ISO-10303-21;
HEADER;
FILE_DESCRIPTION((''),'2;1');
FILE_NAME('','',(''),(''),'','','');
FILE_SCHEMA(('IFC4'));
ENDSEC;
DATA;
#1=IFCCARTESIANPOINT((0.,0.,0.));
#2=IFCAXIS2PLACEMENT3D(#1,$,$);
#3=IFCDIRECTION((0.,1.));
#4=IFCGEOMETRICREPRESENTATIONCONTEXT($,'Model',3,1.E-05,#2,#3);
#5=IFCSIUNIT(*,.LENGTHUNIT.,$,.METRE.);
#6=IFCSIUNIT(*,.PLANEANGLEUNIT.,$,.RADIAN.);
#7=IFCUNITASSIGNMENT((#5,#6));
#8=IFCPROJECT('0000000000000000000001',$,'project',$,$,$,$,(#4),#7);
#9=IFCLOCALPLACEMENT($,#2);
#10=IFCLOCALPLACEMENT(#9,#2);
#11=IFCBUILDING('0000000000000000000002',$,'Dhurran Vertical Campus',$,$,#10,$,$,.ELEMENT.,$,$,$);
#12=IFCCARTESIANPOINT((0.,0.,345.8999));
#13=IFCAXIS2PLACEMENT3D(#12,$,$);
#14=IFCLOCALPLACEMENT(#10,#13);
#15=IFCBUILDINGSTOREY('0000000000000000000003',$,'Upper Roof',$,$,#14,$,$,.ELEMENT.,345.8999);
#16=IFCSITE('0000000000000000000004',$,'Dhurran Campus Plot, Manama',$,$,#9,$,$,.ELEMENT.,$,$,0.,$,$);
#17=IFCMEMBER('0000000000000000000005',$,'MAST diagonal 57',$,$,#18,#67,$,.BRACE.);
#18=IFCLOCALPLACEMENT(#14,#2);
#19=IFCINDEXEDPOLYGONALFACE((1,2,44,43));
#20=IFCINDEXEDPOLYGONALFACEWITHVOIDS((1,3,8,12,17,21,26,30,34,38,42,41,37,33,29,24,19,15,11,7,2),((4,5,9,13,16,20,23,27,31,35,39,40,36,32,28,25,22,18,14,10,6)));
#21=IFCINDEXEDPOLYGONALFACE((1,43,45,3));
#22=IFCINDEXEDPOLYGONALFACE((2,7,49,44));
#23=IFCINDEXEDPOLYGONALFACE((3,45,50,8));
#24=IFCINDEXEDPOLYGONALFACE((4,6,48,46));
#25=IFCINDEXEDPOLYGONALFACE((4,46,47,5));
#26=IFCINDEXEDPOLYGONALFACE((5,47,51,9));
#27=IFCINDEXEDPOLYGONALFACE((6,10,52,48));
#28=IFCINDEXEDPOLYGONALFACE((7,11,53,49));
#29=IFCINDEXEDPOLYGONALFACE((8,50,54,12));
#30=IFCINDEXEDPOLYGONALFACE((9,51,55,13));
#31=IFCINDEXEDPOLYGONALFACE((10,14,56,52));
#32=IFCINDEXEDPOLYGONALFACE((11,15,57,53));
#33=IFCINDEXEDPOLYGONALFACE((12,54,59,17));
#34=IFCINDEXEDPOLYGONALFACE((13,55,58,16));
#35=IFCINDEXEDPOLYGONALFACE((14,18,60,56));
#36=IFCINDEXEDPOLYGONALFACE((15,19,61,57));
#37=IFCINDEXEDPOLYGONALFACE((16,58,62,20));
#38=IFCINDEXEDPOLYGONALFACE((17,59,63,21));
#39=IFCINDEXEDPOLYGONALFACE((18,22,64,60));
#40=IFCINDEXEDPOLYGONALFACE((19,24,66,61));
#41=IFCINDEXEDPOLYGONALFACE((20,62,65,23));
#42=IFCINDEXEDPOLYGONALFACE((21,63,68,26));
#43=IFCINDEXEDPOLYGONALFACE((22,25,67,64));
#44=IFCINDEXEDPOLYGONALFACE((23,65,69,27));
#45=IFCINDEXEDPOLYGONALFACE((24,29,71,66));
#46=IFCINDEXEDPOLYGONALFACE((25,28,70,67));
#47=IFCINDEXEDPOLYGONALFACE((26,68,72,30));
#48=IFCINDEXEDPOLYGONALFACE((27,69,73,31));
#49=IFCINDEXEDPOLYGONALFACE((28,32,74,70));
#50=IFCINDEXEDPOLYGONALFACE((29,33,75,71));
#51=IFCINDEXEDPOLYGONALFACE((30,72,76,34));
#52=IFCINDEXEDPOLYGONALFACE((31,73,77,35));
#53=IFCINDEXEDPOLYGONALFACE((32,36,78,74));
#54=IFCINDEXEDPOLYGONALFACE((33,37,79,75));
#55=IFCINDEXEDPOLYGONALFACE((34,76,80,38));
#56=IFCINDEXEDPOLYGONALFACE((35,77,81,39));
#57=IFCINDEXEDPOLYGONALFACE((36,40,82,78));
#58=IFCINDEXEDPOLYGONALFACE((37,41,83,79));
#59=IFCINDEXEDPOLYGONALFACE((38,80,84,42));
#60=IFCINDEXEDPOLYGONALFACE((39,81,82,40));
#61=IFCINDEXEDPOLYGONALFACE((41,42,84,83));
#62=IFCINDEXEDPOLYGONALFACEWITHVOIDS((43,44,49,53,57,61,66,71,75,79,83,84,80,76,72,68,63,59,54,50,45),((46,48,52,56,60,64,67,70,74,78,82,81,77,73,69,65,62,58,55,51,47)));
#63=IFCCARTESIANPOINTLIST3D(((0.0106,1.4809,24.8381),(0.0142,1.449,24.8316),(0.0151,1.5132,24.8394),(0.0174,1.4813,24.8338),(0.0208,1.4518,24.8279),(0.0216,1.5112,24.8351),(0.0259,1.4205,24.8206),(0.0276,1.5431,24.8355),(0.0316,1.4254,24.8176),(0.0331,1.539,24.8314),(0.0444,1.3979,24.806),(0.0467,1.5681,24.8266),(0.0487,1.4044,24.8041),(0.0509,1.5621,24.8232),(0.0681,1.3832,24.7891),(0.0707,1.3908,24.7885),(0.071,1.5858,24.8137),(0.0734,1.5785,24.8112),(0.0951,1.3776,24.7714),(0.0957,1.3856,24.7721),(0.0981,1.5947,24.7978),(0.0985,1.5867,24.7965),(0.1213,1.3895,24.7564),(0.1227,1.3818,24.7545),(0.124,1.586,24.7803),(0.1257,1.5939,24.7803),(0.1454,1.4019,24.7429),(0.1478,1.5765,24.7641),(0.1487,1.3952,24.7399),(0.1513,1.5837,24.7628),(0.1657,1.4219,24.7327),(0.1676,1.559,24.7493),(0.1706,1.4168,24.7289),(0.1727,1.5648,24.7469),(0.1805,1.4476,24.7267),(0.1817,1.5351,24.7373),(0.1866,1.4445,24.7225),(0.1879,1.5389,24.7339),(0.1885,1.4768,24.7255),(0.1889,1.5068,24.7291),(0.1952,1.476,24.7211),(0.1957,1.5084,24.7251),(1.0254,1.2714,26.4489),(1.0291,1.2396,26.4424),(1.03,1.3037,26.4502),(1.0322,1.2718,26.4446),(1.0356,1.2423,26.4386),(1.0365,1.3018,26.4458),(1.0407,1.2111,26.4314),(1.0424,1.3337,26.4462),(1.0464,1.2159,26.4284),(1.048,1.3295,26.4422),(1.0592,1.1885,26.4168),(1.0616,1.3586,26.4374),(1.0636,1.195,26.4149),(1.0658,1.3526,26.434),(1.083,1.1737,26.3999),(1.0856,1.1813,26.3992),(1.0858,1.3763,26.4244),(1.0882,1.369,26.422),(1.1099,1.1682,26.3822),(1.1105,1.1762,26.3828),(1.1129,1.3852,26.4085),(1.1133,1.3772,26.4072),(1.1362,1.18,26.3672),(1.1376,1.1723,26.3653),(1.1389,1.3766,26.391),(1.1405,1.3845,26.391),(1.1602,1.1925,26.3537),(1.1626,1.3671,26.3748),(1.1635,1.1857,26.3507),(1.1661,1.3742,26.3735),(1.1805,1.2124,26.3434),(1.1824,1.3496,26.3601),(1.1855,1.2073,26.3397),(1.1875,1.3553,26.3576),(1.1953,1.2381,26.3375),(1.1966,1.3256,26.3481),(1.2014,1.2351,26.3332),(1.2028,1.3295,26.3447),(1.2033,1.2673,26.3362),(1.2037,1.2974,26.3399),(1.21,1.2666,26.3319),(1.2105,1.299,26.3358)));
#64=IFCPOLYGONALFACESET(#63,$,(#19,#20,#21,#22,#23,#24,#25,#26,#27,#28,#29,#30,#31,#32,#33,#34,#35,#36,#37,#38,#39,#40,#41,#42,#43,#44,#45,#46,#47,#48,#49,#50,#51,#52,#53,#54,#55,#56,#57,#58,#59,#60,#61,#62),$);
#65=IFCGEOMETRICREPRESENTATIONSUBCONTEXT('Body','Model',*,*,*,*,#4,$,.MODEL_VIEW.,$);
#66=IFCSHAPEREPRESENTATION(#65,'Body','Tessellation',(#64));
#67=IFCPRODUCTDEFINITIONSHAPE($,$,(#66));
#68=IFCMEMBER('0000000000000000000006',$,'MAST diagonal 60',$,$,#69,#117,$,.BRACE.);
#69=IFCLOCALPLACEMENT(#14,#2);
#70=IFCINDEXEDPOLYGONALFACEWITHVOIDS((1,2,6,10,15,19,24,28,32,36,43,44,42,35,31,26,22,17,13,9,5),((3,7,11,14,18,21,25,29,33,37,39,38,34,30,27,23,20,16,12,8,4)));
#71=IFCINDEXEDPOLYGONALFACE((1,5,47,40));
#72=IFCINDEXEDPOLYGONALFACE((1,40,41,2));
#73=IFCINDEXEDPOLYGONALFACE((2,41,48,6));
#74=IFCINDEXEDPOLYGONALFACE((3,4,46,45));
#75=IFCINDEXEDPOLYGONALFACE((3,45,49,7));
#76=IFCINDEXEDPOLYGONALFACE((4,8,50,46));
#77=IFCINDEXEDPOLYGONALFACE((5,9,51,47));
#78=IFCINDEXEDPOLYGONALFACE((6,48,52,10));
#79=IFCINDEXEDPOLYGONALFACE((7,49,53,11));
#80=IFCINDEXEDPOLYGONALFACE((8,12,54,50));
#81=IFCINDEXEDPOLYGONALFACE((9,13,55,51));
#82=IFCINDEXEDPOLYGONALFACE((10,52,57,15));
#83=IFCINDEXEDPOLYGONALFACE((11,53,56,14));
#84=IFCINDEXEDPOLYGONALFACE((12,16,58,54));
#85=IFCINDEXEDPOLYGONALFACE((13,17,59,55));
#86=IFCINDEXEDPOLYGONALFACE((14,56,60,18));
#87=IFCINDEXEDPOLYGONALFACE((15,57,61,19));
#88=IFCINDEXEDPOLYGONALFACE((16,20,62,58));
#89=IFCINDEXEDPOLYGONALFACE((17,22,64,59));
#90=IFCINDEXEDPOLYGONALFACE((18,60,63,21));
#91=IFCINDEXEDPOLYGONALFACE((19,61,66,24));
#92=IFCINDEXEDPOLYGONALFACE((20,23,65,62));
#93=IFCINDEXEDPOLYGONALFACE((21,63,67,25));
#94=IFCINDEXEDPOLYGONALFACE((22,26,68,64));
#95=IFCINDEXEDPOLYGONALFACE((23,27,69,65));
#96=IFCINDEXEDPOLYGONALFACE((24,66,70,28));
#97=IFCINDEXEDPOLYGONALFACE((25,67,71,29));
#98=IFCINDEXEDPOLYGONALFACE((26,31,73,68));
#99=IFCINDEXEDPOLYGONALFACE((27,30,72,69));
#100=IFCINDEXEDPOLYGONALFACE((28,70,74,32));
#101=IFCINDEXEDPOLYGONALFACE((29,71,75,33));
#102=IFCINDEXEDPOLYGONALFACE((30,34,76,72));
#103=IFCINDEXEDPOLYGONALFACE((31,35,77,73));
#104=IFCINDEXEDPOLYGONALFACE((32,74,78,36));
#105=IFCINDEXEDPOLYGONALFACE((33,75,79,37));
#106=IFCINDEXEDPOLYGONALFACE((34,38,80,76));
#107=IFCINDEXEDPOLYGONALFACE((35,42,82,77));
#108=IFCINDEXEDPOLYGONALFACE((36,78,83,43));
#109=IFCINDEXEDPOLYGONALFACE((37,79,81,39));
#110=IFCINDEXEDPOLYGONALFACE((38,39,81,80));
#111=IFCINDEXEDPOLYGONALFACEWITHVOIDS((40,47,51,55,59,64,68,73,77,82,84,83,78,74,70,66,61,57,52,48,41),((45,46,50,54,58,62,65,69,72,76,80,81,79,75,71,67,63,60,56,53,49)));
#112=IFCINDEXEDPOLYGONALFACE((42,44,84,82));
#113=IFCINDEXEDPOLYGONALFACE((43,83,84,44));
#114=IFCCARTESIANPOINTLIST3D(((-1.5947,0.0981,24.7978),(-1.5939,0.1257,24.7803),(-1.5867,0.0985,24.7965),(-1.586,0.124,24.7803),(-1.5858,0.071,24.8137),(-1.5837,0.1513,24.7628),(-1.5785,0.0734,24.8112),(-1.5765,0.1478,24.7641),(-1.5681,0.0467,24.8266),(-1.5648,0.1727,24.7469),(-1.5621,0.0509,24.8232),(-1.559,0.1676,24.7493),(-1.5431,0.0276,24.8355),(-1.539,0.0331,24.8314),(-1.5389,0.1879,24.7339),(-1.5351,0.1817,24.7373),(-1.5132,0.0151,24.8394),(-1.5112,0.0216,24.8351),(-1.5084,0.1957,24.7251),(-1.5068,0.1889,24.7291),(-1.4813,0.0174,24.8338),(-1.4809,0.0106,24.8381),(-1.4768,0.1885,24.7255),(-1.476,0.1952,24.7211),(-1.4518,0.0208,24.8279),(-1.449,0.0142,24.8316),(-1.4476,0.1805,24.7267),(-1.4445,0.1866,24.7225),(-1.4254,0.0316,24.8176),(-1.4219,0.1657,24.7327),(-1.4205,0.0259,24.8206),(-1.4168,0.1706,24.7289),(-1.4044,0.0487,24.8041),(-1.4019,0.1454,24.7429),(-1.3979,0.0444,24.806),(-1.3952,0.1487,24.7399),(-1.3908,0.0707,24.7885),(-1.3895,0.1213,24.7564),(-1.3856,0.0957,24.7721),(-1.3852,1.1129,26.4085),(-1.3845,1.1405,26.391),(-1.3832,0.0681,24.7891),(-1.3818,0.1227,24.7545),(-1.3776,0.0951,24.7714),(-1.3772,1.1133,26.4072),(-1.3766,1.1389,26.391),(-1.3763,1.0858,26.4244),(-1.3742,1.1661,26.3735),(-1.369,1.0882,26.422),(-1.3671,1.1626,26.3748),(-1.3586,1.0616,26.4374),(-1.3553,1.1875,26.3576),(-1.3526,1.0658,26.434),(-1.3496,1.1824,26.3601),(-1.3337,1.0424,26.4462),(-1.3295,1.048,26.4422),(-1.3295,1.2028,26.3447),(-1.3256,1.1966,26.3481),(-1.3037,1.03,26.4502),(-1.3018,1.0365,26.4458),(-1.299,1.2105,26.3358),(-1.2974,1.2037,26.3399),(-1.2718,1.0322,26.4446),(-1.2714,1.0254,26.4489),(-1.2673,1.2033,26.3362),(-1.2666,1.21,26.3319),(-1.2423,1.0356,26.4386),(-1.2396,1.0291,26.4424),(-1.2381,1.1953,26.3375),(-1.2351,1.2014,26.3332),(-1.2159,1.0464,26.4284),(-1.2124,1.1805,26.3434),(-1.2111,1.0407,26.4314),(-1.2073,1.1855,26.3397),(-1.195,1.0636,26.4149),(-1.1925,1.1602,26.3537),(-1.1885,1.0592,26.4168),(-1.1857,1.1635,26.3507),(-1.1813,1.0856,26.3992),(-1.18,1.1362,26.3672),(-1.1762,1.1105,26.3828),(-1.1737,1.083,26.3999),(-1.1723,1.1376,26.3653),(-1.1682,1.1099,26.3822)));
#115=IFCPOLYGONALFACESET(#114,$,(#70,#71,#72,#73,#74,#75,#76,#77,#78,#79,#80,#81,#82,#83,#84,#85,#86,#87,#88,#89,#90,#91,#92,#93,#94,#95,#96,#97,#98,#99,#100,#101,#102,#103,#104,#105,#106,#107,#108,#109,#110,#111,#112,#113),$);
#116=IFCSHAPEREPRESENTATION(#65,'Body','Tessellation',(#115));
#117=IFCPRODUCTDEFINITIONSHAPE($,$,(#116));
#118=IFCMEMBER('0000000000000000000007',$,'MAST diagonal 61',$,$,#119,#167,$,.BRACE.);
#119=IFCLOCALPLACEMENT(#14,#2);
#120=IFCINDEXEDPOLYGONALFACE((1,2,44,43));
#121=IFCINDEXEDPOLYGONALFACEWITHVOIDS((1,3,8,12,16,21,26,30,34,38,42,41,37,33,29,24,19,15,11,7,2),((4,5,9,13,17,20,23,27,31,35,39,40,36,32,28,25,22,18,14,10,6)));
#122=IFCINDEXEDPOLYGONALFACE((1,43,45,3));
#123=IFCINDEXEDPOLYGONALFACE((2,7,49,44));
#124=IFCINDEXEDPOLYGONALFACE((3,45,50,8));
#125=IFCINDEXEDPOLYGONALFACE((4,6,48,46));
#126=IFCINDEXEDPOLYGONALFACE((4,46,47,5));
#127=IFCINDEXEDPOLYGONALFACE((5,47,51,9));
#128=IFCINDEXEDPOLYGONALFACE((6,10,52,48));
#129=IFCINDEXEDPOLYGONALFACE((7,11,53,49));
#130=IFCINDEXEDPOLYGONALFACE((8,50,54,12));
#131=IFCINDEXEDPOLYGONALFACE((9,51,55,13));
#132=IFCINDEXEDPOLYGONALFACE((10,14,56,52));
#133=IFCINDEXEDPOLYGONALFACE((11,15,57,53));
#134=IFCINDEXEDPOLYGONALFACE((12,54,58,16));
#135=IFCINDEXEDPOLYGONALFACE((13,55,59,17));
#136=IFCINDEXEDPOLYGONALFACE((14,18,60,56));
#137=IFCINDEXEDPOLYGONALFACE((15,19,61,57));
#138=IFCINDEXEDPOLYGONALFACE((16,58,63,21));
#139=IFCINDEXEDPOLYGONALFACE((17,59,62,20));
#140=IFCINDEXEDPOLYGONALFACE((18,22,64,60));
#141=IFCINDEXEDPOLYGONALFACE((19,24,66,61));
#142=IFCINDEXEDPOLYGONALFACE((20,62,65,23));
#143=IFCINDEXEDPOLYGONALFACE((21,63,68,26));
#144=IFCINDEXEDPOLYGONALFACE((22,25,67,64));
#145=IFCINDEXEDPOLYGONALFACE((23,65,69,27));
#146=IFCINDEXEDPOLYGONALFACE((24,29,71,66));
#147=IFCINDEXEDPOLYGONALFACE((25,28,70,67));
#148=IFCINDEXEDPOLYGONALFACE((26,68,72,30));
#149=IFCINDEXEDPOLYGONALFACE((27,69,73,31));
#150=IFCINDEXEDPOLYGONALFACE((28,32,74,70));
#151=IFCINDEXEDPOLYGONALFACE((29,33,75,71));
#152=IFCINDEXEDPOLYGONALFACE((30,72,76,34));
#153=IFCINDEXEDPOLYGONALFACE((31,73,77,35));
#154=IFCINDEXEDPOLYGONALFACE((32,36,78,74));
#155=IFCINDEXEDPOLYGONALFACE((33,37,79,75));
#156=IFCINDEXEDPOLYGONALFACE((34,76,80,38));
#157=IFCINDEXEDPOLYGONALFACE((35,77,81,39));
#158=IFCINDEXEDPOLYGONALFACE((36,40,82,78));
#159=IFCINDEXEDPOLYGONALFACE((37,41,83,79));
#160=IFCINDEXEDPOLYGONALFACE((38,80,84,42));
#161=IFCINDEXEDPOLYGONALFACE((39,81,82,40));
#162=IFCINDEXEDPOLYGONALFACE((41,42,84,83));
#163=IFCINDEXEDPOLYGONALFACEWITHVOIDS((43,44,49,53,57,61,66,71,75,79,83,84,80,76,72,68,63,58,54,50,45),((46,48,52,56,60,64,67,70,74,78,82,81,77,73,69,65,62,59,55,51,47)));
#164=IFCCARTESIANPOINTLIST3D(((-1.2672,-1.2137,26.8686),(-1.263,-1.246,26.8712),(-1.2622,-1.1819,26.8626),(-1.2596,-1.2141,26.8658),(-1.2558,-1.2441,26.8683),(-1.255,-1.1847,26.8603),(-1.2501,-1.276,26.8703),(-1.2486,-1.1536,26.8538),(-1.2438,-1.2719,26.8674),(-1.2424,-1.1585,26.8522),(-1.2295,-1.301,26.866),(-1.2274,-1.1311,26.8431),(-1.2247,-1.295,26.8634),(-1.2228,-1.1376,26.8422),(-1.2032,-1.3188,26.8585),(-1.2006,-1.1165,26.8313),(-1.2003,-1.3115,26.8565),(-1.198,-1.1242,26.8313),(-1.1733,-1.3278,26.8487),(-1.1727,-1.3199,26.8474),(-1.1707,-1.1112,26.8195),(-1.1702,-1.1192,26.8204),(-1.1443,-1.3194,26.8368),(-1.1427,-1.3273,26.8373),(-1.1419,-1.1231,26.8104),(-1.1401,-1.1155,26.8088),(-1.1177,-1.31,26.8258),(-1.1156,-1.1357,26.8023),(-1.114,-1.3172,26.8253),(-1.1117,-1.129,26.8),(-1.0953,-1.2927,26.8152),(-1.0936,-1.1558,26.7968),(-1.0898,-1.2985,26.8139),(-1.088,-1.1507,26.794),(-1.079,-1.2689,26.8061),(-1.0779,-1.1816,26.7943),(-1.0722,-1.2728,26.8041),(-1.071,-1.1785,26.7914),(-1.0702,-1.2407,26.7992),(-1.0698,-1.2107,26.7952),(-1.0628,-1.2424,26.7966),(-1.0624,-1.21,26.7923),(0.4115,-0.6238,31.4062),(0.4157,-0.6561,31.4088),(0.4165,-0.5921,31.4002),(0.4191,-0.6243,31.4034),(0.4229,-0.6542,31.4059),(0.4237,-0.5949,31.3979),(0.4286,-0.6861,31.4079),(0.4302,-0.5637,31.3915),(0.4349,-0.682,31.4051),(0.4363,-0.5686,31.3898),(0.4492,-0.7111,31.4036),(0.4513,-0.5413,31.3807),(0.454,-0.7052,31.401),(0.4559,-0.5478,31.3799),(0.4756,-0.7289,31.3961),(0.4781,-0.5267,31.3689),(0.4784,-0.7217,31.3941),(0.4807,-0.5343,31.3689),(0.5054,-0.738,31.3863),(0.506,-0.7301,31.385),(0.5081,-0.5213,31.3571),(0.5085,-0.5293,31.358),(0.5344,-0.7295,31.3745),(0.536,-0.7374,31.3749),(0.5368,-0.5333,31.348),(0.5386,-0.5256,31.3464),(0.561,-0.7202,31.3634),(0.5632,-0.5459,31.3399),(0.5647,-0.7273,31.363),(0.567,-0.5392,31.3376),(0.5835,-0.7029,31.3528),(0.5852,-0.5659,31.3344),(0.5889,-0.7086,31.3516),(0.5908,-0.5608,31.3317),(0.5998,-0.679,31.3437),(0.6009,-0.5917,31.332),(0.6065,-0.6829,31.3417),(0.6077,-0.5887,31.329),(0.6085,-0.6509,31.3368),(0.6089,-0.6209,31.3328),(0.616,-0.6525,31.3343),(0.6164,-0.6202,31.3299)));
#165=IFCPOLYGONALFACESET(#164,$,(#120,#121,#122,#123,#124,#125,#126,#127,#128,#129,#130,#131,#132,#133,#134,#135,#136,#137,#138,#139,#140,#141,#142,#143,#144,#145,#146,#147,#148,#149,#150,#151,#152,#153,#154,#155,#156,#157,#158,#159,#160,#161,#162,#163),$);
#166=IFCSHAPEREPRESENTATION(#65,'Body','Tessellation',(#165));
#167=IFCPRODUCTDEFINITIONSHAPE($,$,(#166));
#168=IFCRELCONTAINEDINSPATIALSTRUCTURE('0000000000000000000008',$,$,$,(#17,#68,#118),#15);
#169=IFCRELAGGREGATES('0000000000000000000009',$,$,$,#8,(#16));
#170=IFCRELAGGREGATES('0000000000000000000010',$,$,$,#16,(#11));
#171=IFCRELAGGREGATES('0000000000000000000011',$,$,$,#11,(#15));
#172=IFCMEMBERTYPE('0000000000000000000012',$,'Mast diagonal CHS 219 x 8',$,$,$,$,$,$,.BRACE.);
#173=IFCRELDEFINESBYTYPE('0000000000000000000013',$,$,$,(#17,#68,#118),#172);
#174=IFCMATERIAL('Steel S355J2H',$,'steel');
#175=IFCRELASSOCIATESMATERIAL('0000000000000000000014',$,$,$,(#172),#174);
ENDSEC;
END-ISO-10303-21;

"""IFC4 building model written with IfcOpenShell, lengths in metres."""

from ifc_helpers import new_model, si_unit, direction, frame, origin, origin_2d, place, context, subcontext, project, spatial, hollow_circle, extrude, material, material_profile, profile_set, type_object, element, save


model = new_model("IFC4")

# Units and contexts
model_context = context("Model", 3, precision=1e-05, world=origin(), true_north=direction((0.0, 1.0)))
body_context = subcontext(model_context, "Body", "Model", "MODEL_VIEW")
ifc_project = project(units=[si_unit("LENGTHUNIT", "METRE"), si_unit("PLANEANGLEUNIT", "RADIAN")], contexts=[model_context])

# Site, building, storey
site_placement = place(None, origin())
site = spatial("IfcSite", under=ifc_project, at=site_placement, Name="Dhurran Campus Plot, Manama", CompositionType="ELEMENT", RefElevation=0.0)
building_placement = place(site_placement, origin())
building = spatial("IfcBuilding", under=site, at=building_placement, Name="Dhurran Vertical Campus", CompositionType="ELEMENT")
storey_placement = place(building_placement, frame((0.0, 0.0, 345.8999)))
storey = spatial("IfcBuildingStorey", under=building, at=storey_placement, Name="Upper Roof", CompositionType="ELEMENT", Elevation=345.8999)

# Members
ifc_material_1 = material(Name="Steel S355J2H", Category="steel")
ifc_material_profile_1 = material_profile(ifc_material_1, hollow_circle(Radius=0.1096, WallThickness=0.0081, at=origin_2d()), Name="CHS219x8")
ifc_profile_set_1 = profile_set([ifc_material_profile_1], Name="Steel S355J2H")
member_type_1 = type_object("IfcMemberType", Name="Mast diagonal CHS 219 x 8", PredefinedType="BRACE", material=ifc_profile_set_1)
for number, where, z_axis, x_axis, name in (
    (1, (0.1035, 1.4866, 24.7803), (0.529864, -0.109363, 0.841002), (0.202138, 0.979357, 0.0), "MAST diagonal 57"),
    (2, (-1.4866, 0.1035, 24.7803), (0.109363, 0.529864, 0.841002), (-0.979357, 0.202138, 0.0), "MAST diagonal 60"),
):
    element("IfcMember", number, at=place(storey_placement, frame(where, z_axis=z_axis, x_axis=x_axis)), inside=storey, type_object=member_type_1, Name=name, PredefinedType="BRACE", context=body_context, shape_type="SweptSolid", body=[
        extrude(hollow_circle(Radius=0.1096, WallThickness=0.0081, at=origin_2d()), origin(), (0.0, 0.0, 1.0), 1.9153),
    ])
member_1_placement = place(storey_placement, frame((-1.1643, -1.22, 26.8313), z_axis=(0.344422, 0.121019, 0.930982), x_axis=(-0.331499, 0.943456, 0.0)))
element("IfcMember", 3, at=member_1_placement, inside=storey, type_object=member_type_1, Name="MAST diagonal 61", PredefinedType="BRACE", context=body_context, shape_type="SweptSolid", body=[
    extrude(hollow_circle(Radius=0.1096, WallThickness=0.0081, at=origin_2d()), origin(), (0.0, 0.0, 1.0), 4.874),
])

save(model, "model.ifc")
